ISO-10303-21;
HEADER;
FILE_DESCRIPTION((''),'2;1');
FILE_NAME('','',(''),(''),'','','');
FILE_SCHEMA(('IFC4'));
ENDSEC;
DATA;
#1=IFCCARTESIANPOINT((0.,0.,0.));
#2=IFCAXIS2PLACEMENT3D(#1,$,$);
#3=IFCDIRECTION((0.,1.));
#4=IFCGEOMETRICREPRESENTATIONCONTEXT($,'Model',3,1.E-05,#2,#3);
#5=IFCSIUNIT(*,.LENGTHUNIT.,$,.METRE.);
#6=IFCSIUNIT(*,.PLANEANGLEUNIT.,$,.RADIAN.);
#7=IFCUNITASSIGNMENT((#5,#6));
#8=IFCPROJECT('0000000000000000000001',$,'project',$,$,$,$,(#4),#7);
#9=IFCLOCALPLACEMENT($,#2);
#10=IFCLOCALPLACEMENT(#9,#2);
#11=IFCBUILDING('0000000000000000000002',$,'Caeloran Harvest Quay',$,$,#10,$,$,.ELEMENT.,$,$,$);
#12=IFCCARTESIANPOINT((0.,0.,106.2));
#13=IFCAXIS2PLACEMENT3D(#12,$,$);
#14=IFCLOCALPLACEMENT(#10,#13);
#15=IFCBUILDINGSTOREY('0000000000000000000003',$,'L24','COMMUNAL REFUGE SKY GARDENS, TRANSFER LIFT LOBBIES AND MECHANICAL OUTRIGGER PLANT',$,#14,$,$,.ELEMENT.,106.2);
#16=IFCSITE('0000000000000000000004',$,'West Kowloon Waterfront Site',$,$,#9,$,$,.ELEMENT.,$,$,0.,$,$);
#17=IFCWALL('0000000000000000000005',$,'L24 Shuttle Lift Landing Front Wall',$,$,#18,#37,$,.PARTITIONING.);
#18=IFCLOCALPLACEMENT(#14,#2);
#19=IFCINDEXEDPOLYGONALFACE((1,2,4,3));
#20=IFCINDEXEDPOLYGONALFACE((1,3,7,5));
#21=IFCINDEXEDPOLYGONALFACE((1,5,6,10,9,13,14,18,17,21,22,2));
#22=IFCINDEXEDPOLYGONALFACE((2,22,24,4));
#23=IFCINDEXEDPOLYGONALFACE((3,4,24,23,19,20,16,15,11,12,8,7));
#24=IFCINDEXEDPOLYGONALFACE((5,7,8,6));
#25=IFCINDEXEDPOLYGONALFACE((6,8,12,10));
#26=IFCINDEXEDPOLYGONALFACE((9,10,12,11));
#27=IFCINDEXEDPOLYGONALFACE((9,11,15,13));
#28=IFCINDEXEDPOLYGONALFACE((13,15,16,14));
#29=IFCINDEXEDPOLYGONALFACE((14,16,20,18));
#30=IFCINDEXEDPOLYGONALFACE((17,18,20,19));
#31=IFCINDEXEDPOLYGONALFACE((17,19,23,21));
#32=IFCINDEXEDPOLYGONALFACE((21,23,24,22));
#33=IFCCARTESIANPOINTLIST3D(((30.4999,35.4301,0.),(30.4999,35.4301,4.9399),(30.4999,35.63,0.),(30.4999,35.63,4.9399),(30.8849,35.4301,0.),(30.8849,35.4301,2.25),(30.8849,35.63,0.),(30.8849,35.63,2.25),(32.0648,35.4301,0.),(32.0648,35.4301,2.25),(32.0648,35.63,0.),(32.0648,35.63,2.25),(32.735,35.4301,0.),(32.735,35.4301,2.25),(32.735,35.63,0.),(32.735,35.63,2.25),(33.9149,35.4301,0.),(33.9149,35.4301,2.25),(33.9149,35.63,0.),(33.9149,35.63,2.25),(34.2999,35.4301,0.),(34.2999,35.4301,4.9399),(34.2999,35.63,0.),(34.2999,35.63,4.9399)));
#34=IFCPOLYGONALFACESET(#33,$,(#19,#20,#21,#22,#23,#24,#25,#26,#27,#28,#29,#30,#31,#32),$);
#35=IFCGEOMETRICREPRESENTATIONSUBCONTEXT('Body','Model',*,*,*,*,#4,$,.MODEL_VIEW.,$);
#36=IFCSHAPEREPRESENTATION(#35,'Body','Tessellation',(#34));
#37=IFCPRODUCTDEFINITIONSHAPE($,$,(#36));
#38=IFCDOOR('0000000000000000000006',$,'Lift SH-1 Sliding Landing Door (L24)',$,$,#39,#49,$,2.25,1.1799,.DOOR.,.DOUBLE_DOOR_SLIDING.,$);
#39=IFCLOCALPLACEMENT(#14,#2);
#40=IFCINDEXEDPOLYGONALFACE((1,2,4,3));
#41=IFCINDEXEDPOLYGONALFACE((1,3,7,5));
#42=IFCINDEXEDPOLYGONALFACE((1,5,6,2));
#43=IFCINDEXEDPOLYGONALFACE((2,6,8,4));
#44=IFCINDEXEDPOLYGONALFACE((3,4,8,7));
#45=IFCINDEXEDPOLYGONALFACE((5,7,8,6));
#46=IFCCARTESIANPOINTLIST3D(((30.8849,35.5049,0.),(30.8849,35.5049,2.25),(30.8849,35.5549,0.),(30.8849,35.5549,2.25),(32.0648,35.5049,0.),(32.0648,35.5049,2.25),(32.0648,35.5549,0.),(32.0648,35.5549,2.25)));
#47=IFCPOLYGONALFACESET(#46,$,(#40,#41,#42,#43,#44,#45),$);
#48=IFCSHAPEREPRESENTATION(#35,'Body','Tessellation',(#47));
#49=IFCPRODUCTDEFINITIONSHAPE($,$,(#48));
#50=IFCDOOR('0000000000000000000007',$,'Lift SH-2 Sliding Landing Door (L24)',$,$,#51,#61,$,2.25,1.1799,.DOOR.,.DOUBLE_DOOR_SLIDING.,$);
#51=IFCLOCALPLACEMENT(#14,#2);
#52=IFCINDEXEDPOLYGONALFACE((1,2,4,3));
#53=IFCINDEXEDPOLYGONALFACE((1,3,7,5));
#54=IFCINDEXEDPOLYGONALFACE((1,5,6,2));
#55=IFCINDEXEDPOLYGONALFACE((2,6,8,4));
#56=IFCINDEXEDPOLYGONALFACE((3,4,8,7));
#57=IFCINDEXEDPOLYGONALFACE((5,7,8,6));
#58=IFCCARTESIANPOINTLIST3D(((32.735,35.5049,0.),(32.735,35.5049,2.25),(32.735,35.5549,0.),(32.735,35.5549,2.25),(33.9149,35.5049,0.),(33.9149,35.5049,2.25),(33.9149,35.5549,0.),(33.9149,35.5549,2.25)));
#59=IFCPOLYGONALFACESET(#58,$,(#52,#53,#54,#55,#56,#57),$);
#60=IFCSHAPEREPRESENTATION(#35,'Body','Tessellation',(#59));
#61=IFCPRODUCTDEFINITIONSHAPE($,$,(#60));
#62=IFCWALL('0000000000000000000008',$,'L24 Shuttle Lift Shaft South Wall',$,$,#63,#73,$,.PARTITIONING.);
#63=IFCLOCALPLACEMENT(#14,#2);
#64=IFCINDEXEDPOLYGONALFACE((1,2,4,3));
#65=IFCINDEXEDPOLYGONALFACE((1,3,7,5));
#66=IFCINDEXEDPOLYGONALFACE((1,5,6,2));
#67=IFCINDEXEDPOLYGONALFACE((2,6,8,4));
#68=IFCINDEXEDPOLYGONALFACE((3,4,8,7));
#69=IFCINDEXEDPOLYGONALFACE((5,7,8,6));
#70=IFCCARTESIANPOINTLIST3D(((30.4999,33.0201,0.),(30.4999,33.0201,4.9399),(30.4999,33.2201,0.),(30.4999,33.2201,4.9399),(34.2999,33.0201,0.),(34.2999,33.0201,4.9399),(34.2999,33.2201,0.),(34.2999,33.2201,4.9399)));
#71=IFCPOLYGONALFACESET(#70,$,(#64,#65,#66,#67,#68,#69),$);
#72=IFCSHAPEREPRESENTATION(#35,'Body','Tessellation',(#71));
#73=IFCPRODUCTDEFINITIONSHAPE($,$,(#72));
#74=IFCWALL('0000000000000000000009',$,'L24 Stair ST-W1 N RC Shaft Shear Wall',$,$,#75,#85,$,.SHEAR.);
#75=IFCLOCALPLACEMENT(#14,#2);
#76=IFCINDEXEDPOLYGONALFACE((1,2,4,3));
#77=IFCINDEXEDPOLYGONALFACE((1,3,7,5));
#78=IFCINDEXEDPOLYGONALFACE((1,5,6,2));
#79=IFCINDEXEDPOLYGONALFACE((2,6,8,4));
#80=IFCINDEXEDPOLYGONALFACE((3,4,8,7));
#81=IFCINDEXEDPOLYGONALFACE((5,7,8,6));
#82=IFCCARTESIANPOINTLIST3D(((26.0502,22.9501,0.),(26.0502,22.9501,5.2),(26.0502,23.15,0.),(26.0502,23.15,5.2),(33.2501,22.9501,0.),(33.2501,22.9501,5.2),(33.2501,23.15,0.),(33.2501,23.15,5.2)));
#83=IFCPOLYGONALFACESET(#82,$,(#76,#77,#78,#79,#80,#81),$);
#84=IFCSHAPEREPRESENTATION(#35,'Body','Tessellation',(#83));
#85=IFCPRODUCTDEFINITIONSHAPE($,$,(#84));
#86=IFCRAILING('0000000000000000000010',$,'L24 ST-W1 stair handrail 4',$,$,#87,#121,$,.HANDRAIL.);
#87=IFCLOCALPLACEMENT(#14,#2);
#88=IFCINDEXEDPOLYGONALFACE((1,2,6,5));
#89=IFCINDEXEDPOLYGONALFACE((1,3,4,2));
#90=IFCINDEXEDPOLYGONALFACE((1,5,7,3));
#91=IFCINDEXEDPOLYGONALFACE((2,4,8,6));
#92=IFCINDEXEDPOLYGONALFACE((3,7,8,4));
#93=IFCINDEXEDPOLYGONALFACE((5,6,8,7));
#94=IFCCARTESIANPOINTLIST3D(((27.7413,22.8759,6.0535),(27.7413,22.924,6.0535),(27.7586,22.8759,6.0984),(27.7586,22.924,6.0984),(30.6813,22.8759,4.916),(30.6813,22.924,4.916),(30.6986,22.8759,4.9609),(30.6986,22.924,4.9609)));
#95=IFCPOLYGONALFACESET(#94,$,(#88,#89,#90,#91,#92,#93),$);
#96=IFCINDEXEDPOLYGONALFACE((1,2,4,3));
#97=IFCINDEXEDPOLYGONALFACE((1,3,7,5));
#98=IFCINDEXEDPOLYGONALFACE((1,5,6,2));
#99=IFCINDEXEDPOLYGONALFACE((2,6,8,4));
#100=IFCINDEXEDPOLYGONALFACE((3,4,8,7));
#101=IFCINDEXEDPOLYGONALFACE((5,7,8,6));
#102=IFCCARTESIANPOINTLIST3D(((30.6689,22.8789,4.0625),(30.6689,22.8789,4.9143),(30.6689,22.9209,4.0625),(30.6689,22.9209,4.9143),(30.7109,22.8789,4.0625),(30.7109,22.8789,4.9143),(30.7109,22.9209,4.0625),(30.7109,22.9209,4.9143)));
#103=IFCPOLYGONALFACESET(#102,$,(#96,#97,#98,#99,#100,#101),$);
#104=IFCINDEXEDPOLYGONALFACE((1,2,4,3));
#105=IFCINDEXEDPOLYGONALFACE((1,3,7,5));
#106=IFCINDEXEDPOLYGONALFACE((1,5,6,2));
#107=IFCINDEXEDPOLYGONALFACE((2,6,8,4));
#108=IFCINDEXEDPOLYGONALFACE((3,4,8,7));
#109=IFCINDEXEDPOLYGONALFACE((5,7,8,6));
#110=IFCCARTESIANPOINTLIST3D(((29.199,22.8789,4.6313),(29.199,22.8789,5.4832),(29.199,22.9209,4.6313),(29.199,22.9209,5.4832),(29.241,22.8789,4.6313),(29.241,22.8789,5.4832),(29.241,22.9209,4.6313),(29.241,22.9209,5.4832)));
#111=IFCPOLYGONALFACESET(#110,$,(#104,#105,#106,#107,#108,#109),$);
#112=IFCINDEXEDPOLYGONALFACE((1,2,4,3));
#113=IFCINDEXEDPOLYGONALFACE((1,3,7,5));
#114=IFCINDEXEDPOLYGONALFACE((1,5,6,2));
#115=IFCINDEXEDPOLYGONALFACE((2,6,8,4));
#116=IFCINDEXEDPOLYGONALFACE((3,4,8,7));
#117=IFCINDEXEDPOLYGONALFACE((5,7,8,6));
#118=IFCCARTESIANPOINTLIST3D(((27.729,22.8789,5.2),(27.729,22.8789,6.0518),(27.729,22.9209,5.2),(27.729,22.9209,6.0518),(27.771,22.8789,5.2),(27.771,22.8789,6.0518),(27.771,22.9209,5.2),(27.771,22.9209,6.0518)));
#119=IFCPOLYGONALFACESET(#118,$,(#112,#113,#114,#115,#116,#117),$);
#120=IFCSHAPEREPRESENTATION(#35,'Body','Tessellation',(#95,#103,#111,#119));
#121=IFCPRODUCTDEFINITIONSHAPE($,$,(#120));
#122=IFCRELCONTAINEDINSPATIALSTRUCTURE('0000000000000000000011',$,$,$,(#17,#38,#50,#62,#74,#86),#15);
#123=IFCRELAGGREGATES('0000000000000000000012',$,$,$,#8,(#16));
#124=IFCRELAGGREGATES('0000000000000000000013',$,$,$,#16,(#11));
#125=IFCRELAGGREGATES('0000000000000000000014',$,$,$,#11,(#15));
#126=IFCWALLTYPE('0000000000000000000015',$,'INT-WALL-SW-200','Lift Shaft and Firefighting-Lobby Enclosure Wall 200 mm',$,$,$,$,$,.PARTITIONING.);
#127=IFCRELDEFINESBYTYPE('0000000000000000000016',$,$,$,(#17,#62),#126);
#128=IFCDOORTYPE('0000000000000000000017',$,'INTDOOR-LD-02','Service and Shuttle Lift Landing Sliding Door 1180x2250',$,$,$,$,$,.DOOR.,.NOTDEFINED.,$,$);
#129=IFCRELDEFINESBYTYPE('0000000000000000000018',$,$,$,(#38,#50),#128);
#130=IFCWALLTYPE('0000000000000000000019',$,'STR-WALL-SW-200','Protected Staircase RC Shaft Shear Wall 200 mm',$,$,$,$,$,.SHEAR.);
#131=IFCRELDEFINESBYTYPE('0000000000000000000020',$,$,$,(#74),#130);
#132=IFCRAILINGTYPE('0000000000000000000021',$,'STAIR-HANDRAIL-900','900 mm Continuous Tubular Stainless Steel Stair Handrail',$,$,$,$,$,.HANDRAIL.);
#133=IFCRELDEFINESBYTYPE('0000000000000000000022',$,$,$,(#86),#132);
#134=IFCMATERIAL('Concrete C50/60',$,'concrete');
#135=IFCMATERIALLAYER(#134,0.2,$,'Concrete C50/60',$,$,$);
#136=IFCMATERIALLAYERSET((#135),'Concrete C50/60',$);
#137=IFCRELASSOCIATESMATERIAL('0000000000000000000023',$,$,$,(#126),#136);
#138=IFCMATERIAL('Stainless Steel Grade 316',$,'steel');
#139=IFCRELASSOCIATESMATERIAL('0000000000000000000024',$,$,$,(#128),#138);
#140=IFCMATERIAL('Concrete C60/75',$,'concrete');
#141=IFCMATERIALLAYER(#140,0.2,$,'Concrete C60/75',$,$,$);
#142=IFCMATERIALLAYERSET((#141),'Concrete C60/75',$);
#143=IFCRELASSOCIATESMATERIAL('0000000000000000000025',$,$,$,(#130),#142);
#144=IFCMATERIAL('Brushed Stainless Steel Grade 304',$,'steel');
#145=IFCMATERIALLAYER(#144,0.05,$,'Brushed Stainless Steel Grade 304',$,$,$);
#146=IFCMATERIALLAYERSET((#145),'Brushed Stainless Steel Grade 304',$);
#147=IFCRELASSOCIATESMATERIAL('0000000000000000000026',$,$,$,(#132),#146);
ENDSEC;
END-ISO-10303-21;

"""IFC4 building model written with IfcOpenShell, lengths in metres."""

from ifc_helpers import new_model, si_unit, direction, frame, frame_2d, origin, origin_2d, place, context, subcontext, project, spatial, rectangle, extrude, material, layer, layer_set, type_object, element, fill, save


model = new_model("IFC4")

# Units and contexts
model_context = context("Model", 3, precision=1e-05, world=origin(), true_north=direction((0.0, 1.0)))
body_context = subcontext(model_context, "Body", "Model", "MODEL_VIEW")
ifc_project = project(units=[si_unit("LENGTHUNIT", "METRE"), si_unit("PLANEANGLEUNIT", "RADIAN")], contexts=[model_context])

# Site, building, storey
site_placement = place(None, origin())
site = spatial("IfcSite", under=ifc_project, at=site_placement, Name="West Kowloon Waterfront Site", CompositionType="ELEMENT", RefElevation=0.0)
building_placement = place(site_placement, origin())
building = spatial("IfcBuilding", under=site, at=building_placement, Name="Caeloran Harvest Quay", CompositionType="ELEMENT")
storey_placement = place(building_placement, frame((0.0, 0.0, 106.2)))
storey = spatial("IfcBuildingStorey", under=building, at=storey_placement, Name="L24", Description="COMMUNAL REFUGE SKY GARDENS, TRANSFER LIFT LOBBIES AND MECHANICAL OUTRIGGER PLANT", CompositionType="ELEMENT", Elevation=106.2)

# Shared definitions
ifc_material_1 = material(Name="Concrete C50/60", Category="concrete")
ifc_layer_1 = layer(ifc_material_1, 0.2, Name="Concrete C50/60")
ifc_layer_set_1 = layer_set([ifc_layer_1], Name="Concrete C50/60")
wall_type_1 = type_object("IfcWallType", Name="INT-WALL-SW-200", Description="Lift Shaft and Firefighting-Lobby Enclosure Wall 200 mm", PredefinedType="PARTITIONING", material=ifc_layer_set_1)

# Wall, openings, doors
ifc_material_2 = material(Name="Stainless Steel Grade 316", Category="steel")
wall_1_placement = place(storey_placement, frame((30.5, 35.53, 0.0), z_axis=(0.0, 0.0, 1.0), x_axis=(1.0, 0.0, 0.0)))
wall_1 = element("IfcWall", 1, at=wall_1_placement, inside=storey, type_object=wall_type_1, Name="L24 Shuttle Lift Landing Front Wall", PredefinedType="PARTITIONING", context=body_context, shape_type="SweptSolid", body=[
    extrude(rectangle(XDim=3.8, YDim=0.2, at=frame_2d((1.8999, 0.0))), origin(), (0.0, 0.0, 1.0), 4.9399),
])
opening_1_placement = place(wall_1_placement, frame((0.385, 0.0, 0.0)))
opening_1 = element("IfcOpeningElement", 2, at=opening_1_placement, cuts=wall_1, PredefinedType="OPENING", context=body_context, shape_type="SweptSolid", body=[
    extrude(rectangle(XDim=1.1799, YDim=2.25, at=frame_2d((0.5898, 1.125))), frame((0.0, 0.1099, 0.0), z_axis=(0.0, -1.0, 0.0), x_axis=(1.0, 0.0, 0.0)), (0.0, 0.0, 1.0), 0.22),
])
opening_2_placement = place(wall_1_placement, frame((2.2351, 0.0, 0.0)))
opening_2 = element("IfcOpeningElement", 3, at=opening_2_placement, cuts=wall_1, PredefinedType="OPENING", context=body_context, shape_type="SweptSolid", body=[
    extrude(rectangle(XDim=1.1799, YDim=2.25, at=frame_2d((0.5898, 1.125))), frame((0.0, 0.1099, 0.0), z_axis=(0.0, -1.0, 0.0), x_axis=(1.0, 0.0, 0.0)), (0.0, 0.0, 1.0), 0.22),
])
door_type_1 = type_object("IfcDoorType", Name="INTDOOR-LD-02", Description="Service and Shuttle Lift Landing Sliding Door 1180x2250", OperationType="NOTDEFINED", PredefinedType="DOOR", material=ifc_material_2)
door_1_placement = place(opening_1_placement, origin())
door_1 = element("IfcDoor", 4, at=door_1_placement, inside=storey, type_object=door_type_1, Name="Lift SH-1 Sliding Landing Door (L24)", OperationType="DOUBLE_DOOR_SLIDING", OverallHeight=2.25, OverallWidth=1.1799, PredefinedType="DOOR", context=body_context, shape_type="SweptSolid", body=[
    extrude(rectangle(XDim=1.1799, YDim=2.25, at=frame_2d((0.5898, 1.125))), frame((0.0, 0.0249, 0.0), z_axis=(0.0, -1.0, 0.0), x_axis=(1.0, 0.0, 0.0)), (0.0, 0.0, 1.0), 0.05),
])
fill(opening_1, door_1)
door_2_placement = place(opening_2_placement, origin())
door_2 = element("IfcDoor", 5, at=door_2_placement, inside=storey, type_object=door_type_1, Name="Lift SH-2 Sliding Landing Door (L24)", OperationType="DOUBLE_DOOR_SLIDING", OverallHeight=2.25, OverallWidth=1.1799, PredefinedType="DOOR", context=body_context, shape_type="SweptSolid", body=[
    extrude(rectangle(XDim=1.1799, YDim=2.25, at=frame_2d((0.5898, 1.125))), frame((0.0, 0.0249, 0.0), z_axis=(0.0, -1.0, 0.0), x_axis=(1.0, 0.0, 0.0)), (0.0, 0.0, 1.0), 0.05),
])
fill(opening_2, door_2)

# Walls
wall_2_placement = place(storey_placement, frame((30.5, 33.1201, 0.0), z_axis=(0.0, 0.0, 1.0), x_axis=(1.0, 0.0, 0.0)))
element("IfcWall", 6, at=wall_2_placement, inside=storey, type_object=wall_type_1, Name="L24 Shuttle Lift Shaft South Wall", PredefinedType="PARTITIONING", context=body_context, shape_type="SweptSolid", body=[
    extrude(rectangle(XDim=3.8, YDim=0.2, at=frame_2d((1.8999, 0.0))), origin(), (0.0, 0.0, 1.0), 4.9399),
])
ifc_material_3 = material(Name="Concrete C60/75", Category="concrete")
ifc_layer_2 = layer(ifc_material_3, 0.2, Name="Concrete C60/75")
ifc_layer_set_2 = layer_set([ifc_layer_2], Name="Concrete C60/75")
wall_type_2 = type_object("IfcWallType", Name="STR-WALL-SW-200", Description="Protected Staircase RC Shaft Shear Wall 200 mm", PredefinedType="SHEAR", material=ifc_layer_set_2)
wall_3_placement = place(storey_placement, frame((26.05, 23.05, 0.0), z_axis=(0.0, 0.0, 1.0), x_axis=(1.0, 0.0, 0.0)))
element("IfcWall", 7, at=wall_3_placement, inside=storey, type_object=wall_type_2, Name="L24 Stair ST-W1 N RC Shaft Shear Wall", PredefinedType="SHEAR", context=body_context, shape_type="SweptSolid", body=[
    extrude(rectangle(XDim=7.2, YDim=0.2, at=frame_2d((3.6001, 0.0))), origin(), (0.0, 0.0, 1.0), 5.2),
])

# Railing
ifc_material_4 = material(Name="Brushed Stainless Steel Grade 304", Category="steel")
ifc_layer_3 = layer(ifc_material_4, 0.05, Name="Brushed Stainless Steel Grade 304")
ifc_layer_set_3 = layer_set([ifc_layer_3], Name="Brushed Stainless Steel Grade 304")
railing_type = type_object("IfcRailingType", Name="STAIR-HANDRAIL-900", Description="900 mm Continuous Tubular Stainless Steel Stair Handrail", PredefinedType="HANDRAIL", material=ifc_layer_set_3)
railing_placement = place(storey_placement, frame((30.6899, 22.8999, 4.0625)))
element("IfcRailing", 8, at=railing_placement, inside=storey, type_object=railing_type, Name="L24 ST-W1 stair handrail 4", PredefinedType="HANDRAIL", context=body_context, shape_type="SweptSolid", body=[
    extrude(rectangle(XDim=0.0481, YDim=0.0481, at=origin_2d()), frame((0.0, 0.0, 0.876), z_axis=(-0.932631, 0.0, 0.360831), x_axis=(0.0, -1.0, 0.0)), (0.0, 0.0, 1.0), 3.1523),
    extrude(rectangle(XDim=0.042, YDim=0.042, at=origin_2d()), origin(), (0.0, 0.0, 1.0), 0.8518),
    extrude(rectangle(XDim=0.042, YDim=0.042, at=origin_2d()), frame((-1.47, 0.0, 0.5688)), (0.0, 0.0, 1.0), 0.8518),
    extrude(rectangle(XDim=0.042, YDim=0.042, at=origin_2d()), frame((-2.9399, 0.0, 1.1375)), (0.0, 0.0, 1.0), 0.8518),
])

save(model, "model.ifc")
